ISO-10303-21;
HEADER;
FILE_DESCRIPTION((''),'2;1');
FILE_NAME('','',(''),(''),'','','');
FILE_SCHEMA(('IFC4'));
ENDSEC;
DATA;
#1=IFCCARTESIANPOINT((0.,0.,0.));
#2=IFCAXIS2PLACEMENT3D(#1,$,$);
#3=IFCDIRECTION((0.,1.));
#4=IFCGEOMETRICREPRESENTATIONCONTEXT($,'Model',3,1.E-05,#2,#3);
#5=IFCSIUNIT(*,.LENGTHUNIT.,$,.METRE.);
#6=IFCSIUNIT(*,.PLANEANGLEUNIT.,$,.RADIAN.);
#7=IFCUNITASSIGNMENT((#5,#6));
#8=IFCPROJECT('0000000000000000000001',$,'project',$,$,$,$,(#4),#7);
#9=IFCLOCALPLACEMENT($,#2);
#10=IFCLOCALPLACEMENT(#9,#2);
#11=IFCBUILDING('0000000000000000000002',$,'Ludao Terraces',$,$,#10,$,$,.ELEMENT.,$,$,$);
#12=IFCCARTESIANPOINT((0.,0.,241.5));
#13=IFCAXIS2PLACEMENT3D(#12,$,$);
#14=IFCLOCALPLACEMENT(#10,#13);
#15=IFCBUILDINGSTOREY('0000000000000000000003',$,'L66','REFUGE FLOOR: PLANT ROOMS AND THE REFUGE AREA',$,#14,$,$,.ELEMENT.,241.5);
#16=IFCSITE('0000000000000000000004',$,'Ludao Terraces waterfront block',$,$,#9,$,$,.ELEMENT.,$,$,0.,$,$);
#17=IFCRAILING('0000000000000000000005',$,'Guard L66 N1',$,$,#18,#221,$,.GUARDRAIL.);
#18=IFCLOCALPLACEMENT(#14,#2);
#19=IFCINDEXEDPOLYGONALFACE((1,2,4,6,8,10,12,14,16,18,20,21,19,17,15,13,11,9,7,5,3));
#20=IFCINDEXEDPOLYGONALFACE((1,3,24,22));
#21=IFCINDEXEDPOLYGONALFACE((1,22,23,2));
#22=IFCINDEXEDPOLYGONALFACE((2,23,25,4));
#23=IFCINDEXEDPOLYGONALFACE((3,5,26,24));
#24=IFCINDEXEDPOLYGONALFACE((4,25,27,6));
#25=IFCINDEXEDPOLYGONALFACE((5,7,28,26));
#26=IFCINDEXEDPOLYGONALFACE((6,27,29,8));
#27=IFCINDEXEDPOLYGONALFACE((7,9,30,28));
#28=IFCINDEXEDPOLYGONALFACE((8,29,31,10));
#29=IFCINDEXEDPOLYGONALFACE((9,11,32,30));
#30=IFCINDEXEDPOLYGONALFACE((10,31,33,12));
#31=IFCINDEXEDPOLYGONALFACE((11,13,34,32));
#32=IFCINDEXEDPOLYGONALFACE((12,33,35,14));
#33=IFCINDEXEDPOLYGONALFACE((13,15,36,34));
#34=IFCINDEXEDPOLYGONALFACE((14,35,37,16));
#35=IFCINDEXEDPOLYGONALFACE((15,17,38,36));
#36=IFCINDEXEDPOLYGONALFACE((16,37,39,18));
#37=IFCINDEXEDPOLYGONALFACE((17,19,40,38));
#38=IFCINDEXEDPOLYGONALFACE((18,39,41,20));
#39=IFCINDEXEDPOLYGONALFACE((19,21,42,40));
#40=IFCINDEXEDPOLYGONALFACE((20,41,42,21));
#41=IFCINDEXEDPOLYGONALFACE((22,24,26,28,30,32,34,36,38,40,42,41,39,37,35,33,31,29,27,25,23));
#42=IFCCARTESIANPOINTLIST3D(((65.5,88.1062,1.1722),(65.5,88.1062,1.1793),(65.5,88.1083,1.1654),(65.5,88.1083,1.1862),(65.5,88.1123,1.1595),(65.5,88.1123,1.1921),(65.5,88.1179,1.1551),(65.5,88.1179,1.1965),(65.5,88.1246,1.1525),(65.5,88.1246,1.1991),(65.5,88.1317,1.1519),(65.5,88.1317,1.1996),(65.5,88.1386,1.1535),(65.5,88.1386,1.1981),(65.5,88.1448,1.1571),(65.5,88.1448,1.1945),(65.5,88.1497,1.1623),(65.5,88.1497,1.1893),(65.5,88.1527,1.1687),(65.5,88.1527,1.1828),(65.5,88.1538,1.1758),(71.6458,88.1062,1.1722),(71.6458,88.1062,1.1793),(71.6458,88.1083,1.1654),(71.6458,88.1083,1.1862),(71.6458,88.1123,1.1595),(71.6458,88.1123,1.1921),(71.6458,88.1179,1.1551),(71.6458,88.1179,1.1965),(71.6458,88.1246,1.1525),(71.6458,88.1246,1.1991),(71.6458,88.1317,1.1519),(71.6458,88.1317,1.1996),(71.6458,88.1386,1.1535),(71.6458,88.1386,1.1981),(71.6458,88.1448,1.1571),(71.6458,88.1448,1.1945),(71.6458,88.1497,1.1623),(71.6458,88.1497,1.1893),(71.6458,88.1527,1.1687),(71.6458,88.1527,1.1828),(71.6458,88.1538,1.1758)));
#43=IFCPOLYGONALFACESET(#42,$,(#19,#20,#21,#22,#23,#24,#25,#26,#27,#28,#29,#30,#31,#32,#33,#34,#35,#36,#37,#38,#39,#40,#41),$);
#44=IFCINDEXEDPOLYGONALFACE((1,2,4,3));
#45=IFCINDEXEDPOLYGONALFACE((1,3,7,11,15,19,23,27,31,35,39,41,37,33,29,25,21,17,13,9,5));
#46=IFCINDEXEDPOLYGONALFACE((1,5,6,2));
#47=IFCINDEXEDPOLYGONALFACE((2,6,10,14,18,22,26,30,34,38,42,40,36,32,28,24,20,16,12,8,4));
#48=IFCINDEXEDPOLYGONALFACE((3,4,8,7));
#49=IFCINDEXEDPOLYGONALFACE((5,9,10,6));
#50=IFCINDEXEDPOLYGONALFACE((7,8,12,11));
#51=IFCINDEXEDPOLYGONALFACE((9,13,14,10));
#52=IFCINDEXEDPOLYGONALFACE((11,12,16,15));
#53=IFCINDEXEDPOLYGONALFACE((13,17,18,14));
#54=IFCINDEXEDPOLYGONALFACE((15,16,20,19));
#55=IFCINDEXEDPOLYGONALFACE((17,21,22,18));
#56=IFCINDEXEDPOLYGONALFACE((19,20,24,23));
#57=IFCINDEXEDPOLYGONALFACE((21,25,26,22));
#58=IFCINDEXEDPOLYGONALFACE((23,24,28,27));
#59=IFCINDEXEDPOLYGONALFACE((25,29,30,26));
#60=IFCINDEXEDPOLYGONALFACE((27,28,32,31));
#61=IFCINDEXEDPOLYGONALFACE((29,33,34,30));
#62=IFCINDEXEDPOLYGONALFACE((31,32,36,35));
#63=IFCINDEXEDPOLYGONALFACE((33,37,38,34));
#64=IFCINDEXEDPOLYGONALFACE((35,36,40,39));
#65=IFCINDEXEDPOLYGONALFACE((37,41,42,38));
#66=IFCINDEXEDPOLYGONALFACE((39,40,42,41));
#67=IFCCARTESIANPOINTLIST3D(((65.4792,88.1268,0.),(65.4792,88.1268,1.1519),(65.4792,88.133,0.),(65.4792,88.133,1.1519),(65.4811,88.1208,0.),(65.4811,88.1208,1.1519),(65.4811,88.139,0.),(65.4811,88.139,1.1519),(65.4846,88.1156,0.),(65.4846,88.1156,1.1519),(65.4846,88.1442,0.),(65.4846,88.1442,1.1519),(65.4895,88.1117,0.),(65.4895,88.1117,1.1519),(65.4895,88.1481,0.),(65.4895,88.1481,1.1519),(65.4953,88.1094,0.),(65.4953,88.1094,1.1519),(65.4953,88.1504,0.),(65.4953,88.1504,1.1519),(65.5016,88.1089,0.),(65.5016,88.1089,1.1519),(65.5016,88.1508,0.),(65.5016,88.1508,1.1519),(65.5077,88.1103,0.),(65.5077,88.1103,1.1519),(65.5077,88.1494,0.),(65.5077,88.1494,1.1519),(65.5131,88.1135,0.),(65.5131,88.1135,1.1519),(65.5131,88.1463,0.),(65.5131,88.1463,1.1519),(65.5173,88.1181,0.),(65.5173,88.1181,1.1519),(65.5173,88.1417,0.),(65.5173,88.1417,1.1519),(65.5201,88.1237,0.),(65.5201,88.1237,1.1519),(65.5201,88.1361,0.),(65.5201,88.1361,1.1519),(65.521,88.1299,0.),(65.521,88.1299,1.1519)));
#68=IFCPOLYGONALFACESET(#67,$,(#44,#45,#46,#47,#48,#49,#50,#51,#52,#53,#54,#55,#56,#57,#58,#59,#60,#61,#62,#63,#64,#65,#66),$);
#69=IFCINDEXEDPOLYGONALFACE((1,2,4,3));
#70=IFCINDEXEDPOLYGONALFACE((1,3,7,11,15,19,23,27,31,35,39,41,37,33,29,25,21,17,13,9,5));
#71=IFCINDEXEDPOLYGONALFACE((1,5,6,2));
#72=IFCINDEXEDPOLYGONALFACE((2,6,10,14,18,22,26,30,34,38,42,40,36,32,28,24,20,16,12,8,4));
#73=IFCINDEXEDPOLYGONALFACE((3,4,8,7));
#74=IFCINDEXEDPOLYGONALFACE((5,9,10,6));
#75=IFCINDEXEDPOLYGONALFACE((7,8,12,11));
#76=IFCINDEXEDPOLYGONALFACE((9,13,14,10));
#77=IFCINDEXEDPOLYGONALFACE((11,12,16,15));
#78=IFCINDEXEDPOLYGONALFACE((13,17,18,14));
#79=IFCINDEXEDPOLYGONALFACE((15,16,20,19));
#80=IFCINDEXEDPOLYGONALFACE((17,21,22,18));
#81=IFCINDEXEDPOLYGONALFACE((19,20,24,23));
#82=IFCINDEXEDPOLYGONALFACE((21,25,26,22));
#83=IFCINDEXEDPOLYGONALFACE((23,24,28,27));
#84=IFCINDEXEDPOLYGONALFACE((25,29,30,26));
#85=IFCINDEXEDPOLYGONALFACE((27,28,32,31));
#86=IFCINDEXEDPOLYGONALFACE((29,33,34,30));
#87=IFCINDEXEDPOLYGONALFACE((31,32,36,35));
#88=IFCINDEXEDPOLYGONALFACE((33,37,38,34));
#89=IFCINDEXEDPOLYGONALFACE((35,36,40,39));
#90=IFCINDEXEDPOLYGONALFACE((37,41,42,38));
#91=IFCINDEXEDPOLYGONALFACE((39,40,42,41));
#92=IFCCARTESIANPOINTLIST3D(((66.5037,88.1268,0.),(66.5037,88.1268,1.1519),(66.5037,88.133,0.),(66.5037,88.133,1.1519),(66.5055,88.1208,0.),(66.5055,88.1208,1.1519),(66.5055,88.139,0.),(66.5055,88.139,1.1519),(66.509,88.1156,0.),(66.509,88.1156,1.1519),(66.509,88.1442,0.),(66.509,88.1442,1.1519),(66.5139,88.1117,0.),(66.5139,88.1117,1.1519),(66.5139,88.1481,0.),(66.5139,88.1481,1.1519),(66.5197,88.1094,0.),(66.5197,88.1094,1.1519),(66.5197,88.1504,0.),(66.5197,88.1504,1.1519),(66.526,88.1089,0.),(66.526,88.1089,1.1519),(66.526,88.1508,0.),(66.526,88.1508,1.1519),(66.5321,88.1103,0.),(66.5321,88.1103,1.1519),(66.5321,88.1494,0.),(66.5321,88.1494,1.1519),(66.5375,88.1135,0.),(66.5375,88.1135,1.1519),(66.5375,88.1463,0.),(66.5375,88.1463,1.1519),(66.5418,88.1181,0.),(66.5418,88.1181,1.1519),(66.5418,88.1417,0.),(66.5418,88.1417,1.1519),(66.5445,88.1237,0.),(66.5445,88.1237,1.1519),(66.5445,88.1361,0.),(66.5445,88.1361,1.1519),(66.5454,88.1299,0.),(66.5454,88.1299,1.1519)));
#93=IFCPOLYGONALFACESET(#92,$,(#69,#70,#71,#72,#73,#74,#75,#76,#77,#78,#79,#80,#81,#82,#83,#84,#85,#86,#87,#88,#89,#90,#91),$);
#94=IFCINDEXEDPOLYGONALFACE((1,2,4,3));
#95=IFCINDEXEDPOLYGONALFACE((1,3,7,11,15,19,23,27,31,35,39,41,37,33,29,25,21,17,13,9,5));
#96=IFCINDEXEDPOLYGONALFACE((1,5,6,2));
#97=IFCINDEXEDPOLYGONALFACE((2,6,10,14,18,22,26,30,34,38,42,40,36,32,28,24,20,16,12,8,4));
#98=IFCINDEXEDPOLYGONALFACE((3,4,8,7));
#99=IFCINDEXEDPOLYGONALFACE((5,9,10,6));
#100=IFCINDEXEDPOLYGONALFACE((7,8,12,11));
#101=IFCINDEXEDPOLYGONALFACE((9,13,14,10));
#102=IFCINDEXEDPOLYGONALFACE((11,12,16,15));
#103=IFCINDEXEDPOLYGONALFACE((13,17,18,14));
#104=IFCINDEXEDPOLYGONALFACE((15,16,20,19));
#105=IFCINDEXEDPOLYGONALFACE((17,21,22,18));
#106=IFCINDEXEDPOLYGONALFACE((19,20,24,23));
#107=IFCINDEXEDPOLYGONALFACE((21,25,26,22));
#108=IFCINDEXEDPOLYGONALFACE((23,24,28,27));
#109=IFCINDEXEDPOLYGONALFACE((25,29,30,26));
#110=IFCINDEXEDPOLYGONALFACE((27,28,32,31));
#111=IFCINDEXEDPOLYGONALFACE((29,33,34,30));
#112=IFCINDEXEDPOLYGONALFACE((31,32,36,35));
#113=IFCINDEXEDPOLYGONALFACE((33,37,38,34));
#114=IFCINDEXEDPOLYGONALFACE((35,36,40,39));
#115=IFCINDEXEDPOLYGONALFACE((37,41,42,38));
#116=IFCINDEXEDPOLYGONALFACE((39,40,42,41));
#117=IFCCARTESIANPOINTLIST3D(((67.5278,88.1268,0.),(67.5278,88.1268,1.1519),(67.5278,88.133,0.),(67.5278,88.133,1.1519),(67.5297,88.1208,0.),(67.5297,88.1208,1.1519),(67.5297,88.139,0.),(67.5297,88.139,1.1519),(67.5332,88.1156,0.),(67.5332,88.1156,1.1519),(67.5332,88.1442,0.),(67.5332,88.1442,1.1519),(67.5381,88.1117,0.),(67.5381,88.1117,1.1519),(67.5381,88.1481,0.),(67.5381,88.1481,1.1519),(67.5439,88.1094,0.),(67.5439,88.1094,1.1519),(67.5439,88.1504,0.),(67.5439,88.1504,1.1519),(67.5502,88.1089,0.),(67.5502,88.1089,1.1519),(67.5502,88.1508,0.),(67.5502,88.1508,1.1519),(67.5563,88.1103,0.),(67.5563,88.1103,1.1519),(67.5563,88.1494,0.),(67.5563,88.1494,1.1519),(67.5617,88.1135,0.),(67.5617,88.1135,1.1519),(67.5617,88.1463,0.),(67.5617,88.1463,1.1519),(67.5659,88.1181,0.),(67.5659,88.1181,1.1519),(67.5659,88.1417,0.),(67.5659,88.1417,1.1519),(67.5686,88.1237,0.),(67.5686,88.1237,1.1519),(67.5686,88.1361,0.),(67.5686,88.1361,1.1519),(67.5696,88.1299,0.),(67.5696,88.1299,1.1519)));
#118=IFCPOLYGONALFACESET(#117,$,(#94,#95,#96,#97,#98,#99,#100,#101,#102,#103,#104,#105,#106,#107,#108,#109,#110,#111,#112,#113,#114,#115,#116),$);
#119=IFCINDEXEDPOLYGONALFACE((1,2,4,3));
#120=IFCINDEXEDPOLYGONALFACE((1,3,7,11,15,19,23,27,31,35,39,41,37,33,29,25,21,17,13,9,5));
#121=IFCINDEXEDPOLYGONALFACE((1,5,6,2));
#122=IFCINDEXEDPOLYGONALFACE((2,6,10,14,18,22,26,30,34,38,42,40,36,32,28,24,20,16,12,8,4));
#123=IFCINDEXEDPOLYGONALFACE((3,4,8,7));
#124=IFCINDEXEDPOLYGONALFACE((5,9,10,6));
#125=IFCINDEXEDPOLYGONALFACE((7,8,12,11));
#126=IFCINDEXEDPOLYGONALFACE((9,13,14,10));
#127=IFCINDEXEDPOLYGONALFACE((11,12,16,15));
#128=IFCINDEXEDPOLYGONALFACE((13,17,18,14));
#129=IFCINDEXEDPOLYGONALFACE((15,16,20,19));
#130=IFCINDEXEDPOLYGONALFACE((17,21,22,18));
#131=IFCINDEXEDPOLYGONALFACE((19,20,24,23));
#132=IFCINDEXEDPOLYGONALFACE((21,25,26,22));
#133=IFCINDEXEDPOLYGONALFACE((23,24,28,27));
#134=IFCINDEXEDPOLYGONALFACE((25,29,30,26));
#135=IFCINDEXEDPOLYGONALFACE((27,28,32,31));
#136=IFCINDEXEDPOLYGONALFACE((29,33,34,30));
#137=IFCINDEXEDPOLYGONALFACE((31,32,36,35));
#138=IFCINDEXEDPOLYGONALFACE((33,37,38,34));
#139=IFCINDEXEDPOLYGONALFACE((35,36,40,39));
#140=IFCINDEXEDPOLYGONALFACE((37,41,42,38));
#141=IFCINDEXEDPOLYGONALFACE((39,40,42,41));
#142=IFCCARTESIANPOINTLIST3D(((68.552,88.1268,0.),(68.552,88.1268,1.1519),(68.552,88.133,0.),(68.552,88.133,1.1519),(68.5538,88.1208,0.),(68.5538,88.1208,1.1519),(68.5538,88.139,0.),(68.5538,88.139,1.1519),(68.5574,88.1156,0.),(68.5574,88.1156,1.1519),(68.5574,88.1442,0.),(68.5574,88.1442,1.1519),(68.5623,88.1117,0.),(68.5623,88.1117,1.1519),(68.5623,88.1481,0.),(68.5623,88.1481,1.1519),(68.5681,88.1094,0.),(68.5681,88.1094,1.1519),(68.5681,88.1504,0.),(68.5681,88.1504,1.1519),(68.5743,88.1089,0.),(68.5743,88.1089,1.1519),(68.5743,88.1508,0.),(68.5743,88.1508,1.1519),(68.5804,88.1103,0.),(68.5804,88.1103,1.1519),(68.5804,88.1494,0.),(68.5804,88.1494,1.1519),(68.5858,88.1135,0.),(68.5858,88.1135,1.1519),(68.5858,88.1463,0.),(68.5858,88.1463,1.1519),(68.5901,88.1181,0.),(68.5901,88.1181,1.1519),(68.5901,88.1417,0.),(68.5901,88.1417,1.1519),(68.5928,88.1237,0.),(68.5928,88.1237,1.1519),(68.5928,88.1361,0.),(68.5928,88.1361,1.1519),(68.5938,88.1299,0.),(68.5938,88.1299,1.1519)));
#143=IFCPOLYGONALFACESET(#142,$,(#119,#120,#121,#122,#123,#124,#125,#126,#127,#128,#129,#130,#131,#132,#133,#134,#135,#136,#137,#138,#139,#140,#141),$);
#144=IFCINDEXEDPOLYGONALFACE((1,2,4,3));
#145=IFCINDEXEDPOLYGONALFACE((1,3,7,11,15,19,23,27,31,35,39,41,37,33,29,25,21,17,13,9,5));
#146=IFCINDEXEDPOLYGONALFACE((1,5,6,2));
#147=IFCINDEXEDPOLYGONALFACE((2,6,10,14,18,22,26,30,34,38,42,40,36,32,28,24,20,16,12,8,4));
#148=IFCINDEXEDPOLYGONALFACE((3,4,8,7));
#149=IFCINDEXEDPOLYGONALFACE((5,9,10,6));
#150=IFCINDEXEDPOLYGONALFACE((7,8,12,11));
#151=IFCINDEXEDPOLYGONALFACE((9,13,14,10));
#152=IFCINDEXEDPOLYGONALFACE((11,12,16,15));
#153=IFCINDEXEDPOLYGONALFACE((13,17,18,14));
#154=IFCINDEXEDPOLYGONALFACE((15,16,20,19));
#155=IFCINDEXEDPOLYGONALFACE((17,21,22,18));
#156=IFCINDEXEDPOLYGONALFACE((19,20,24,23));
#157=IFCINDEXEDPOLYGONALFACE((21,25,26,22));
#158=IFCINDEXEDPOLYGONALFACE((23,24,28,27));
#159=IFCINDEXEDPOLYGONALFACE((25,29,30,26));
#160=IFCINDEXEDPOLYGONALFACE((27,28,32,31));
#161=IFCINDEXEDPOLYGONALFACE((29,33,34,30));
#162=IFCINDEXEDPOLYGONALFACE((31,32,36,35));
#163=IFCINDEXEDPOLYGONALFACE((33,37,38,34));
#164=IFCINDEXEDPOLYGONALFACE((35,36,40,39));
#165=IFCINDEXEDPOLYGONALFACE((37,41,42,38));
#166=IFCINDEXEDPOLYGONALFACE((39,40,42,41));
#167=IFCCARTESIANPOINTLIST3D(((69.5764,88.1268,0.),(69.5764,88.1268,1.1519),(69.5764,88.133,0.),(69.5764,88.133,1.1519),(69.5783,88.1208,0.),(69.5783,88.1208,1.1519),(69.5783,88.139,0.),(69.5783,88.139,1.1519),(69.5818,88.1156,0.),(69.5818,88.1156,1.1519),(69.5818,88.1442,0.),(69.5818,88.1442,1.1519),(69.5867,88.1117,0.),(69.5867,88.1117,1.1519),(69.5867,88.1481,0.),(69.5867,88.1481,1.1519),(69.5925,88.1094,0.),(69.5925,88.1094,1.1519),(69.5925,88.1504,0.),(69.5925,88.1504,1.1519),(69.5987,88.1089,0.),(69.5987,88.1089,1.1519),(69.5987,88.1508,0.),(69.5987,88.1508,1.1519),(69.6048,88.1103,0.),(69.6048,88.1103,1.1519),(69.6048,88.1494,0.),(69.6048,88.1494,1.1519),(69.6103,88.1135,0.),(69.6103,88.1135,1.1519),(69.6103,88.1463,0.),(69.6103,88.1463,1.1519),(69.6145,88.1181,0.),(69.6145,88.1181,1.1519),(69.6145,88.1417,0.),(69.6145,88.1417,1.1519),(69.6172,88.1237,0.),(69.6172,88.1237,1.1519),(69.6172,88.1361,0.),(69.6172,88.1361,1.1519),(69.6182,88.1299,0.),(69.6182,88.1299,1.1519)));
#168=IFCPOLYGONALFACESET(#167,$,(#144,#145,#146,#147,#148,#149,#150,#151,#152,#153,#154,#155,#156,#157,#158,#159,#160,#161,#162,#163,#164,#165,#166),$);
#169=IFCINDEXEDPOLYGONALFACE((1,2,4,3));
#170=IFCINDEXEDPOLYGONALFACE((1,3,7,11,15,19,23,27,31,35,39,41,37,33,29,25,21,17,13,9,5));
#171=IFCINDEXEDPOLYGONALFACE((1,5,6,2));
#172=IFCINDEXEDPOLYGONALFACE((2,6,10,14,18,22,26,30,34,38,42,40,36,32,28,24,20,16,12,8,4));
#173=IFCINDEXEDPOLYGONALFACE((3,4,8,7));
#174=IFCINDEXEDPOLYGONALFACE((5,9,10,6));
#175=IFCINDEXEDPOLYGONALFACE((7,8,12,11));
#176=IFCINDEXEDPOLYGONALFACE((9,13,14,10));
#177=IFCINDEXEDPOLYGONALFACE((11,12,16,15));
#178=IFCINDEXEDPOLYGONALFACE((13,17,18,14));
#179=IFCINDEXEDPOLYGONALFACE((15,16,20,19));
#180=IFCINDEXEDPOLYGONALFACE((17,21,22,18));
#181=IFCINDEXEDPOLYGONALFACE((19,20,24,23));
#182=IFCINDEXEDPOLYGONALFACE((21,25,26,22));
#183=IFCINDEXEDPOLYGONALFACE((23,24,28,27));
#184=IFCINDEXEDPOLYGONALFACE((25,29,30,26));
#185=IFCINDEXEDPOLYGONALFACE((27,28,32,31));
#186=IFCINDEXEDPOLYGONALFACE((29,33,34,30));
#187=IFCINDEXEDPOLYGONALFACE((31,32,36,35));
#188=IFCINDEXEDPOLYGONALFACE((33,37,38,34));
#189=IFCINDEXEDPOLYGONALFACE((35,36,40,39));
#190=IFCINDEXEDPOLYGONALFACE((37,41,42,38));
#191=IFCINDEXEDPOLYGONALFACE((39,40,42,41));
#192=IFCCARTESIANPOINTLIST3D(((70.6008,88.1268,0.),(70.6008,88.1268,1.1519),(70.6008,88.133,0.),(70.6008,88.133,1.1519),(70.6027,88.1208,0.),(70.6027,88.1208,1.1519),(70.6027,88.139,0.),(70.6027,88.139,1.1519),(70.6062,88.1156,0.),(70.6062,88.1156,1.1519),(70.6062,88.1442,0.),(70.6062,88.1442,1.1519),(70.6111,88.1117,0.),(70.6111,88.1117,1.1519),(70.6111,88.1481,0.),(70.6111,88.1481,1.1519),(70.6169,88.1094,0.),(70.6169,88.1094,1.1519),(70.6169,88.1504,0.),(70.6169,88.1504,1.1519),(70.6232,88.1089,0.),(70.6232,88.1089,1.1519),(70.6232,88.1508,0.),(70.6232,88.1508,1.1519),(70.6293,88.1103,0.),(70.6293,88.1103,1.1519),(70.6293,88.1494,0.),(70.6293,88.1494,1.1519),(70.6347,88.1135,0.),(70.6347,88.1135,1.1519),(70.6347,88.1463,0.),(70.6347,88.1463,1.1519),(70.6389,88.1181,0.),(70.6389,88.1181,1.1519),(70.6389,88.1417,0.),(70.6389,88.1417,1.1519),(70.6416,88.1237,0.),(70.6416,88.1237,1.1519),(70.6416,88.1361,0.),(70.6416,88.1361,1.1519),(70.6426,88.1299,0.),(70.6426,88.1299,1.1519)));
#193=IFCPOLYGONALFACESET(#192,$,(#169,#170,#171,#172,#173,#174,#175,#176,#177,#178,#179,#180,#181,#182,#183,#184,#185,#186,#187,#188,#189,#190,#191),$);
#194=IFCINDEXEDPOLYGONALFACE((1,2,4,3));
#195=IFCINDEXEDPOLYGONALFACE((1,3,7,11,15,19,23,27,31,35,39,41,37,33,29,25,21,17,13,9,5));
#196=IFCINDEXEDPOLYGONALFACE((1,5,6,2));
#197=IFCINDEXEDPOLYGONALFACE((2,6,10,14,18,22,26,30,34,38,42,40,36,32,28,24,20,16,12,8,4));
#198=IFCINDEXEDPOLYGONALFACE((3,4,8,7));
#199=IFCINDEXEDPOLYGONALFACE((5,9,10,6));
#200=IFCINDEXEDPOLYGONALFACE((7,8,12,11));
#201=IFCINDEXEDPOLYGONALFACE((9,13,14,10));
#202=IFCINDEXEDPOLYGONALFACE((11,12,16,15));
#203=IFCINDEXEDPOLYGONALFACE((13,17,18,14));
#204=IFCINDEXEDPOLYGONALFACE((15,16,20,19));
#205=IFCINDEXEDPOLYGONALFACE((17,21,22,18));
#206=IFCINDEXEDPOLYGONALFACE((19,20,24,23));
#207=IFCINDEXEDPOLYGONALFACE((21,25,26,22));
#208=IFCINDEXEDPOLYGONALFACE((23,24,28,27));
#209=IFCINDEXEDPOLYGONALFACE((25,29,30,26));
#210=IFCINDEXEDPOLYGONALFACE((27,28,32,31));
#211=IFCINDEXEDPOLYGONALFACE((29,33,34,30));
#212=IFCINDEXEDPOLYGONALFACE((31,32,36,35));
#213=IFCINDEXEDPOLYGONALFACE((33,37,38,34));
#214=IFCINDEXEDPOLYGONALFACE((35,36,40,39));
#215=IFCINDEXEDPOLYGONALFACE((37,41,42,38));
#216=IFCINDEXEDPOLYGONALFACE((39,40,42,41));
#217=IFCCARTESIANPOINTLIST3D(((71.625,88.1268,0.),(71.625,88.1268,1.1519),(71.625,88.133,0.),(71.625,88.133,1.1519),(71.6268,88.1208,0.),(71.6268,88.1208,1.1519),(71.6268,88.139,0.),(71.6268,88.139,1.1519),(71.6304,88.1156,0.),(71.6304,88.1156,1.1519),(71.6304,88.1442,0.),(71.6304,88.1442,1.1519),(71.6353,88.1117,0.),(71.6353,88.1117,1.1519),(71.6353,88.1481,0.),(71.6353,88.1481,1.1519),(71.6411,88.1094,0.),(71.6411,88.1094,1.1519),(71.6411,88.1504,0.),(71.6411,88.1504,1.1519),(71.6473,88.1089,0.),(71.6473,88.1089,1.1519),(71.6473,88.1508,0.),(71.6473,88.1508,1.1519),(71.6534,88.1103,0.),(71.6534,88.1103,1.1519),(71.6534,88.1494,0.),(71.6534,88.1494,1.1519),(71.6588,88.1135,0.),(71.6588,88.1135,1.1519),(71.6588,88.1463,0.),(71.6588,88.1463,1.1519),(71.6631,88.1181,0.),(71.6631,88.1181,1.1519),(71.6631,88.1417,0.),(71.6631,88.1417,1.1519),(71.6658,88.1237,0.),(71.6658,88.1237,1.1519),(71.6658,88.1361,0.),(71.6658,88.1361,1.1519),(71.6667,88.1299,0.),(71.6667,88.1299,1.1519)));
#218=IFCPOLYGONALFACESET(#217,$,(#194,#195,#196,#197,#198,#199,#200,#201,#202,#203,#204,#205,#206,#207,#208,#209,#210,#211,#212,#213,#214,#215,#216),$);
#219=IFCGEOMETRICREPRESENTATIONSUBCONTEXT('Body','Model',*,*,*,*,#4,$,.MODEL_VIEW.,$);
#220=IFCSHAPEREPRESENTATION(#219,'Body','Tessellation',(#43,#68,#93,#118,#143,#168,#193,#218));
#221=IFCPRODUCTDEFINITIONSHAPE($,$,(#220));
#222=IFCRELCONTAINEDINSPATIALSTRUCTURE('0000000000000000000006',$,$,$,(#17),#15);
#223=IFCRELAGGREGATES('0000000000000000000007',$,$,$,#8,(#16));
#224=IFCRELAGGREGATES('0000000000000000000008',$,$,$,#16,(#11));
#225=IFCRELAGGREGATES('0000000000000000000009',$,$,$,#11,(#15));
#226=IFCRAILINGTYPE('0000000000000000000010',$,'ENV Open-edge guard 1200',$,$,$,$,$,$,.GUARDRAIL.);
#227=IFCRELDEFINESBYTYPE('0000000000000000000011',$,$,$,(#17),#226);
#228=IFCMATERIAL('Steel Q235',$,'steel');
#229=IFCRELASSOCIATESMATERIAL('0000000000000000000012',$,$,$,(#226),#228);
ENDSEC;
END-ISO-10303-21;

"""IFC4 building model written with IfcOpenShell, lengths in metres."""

from ifc_helpers import new_model, si_unit, direction, frame, origin, origin_2d, place, context, subcontext, project, spatial, circle, extrude, material, type_object, element, save


model = new_model("IFC4")

# Units and contexts
model_context = context("Model", 3, precision=1e-05, world=origin(), true_north=direction((0.0, 1.0)))
body_context = subcontext(model_context, "Body", "Model", "MODEL_VIEW")
ifc_project = project(units=[si_unit("LENGTHUNIT", "METRE"), si_unit("PLANEANGLEUNIT", "RADIAN")], contexts=[model_context])

# Site, building, storey
site_placement = place(None, origin())
site = spatial("IfcSite", under=ifc_project, at=site_placement, Name="Ludao Terraces waterfront block", CompositionType="ELEMENT", RefElevation=0.0)
building_placement = place(site_placement, origin())
building = spatial("IfcBuilding", under=site, at=building_placement, Name="Ludao Terraces", CompositionType="ELEMENT")
storey_placement = place(building_placement, frame((0.0, 0.0, 241.5)))
storey = spatial("IfcBuildingStorey", under=building, at=storey_placement, Name="L66", Description="REFUGE FLOOR: PLANT ROOMS AND THE REFUGE AREA", CompositionType="ELEMENT", Elevation=241.5)

# Shared definitions
ifc_material_1 = material(Name="Steel Q235", Category="steel")

# Railing
railing_type_1 = type_object("IfcRailingType", Name="ENV Open-edge guard 1200", PredefinedType="GUARDRAIL", material=ifc_material_1)
railing_1_placement = place(storey_placement, frame((65.5, 88.1299, 0.0)))
element("IfcRailing", 1, at=railing_1_placement, inside=storey, type_object=railing_type_1, Name="Guard L66 N1", PredefinedType="GUARDRAIL", context=body_context, shape_type="SweptSolid", body=[
    extrude(circle(Radius=0.0239, at=origin_2d()), frame((0.0, 0.0, 1.1758), z_axis=(1.0, 0.0, 0.0), x_axis=(0.0, 1.0, 0.0)), (0.0, 0.0, 1.0), 6.1458),
    extrude(circle(Radius=0.021, at=origin_2d()), origin(), (0.0, 0.0, 1.0), 1.1519),
    extrude(circle(Radius=0.021, at=origin_2d()), frame((1.0244, 0.0, 0.0)), (0.0, 0.0, 1.0), 1.1519),
    extrude(circle(Radius=0.021, at=origin_2d()), frame((2.0486, 0.0, 0.0)), (0.0, 0.0, 1.0), 1.1519),
    extrude(circle(Radius=0.021, at=origin_2d()), frame((3.0728, 0.0, 0.0)), (0.0, 0.0, 1.0), 1.1519),
    extrude(circle(Radius=0.021, at=origin_2d()), frame((4.0972, 0.0, 0.0)), (0.0, 0.0, 1.0), 1.1519),
    extrude(circle(Radius=0.021, at=origin_2d()), frame((5.1216, 0.0, 0.0)), (0.0, 0.0, 1.0), 1.1519),
    extrude(circle(Radius=0.021, at=origin_2d()), frame((6.1458, 0.0, 0.0)), (0.0, 0.0, 1.0), 1.1519),
])

save(model, "model.ifc")
